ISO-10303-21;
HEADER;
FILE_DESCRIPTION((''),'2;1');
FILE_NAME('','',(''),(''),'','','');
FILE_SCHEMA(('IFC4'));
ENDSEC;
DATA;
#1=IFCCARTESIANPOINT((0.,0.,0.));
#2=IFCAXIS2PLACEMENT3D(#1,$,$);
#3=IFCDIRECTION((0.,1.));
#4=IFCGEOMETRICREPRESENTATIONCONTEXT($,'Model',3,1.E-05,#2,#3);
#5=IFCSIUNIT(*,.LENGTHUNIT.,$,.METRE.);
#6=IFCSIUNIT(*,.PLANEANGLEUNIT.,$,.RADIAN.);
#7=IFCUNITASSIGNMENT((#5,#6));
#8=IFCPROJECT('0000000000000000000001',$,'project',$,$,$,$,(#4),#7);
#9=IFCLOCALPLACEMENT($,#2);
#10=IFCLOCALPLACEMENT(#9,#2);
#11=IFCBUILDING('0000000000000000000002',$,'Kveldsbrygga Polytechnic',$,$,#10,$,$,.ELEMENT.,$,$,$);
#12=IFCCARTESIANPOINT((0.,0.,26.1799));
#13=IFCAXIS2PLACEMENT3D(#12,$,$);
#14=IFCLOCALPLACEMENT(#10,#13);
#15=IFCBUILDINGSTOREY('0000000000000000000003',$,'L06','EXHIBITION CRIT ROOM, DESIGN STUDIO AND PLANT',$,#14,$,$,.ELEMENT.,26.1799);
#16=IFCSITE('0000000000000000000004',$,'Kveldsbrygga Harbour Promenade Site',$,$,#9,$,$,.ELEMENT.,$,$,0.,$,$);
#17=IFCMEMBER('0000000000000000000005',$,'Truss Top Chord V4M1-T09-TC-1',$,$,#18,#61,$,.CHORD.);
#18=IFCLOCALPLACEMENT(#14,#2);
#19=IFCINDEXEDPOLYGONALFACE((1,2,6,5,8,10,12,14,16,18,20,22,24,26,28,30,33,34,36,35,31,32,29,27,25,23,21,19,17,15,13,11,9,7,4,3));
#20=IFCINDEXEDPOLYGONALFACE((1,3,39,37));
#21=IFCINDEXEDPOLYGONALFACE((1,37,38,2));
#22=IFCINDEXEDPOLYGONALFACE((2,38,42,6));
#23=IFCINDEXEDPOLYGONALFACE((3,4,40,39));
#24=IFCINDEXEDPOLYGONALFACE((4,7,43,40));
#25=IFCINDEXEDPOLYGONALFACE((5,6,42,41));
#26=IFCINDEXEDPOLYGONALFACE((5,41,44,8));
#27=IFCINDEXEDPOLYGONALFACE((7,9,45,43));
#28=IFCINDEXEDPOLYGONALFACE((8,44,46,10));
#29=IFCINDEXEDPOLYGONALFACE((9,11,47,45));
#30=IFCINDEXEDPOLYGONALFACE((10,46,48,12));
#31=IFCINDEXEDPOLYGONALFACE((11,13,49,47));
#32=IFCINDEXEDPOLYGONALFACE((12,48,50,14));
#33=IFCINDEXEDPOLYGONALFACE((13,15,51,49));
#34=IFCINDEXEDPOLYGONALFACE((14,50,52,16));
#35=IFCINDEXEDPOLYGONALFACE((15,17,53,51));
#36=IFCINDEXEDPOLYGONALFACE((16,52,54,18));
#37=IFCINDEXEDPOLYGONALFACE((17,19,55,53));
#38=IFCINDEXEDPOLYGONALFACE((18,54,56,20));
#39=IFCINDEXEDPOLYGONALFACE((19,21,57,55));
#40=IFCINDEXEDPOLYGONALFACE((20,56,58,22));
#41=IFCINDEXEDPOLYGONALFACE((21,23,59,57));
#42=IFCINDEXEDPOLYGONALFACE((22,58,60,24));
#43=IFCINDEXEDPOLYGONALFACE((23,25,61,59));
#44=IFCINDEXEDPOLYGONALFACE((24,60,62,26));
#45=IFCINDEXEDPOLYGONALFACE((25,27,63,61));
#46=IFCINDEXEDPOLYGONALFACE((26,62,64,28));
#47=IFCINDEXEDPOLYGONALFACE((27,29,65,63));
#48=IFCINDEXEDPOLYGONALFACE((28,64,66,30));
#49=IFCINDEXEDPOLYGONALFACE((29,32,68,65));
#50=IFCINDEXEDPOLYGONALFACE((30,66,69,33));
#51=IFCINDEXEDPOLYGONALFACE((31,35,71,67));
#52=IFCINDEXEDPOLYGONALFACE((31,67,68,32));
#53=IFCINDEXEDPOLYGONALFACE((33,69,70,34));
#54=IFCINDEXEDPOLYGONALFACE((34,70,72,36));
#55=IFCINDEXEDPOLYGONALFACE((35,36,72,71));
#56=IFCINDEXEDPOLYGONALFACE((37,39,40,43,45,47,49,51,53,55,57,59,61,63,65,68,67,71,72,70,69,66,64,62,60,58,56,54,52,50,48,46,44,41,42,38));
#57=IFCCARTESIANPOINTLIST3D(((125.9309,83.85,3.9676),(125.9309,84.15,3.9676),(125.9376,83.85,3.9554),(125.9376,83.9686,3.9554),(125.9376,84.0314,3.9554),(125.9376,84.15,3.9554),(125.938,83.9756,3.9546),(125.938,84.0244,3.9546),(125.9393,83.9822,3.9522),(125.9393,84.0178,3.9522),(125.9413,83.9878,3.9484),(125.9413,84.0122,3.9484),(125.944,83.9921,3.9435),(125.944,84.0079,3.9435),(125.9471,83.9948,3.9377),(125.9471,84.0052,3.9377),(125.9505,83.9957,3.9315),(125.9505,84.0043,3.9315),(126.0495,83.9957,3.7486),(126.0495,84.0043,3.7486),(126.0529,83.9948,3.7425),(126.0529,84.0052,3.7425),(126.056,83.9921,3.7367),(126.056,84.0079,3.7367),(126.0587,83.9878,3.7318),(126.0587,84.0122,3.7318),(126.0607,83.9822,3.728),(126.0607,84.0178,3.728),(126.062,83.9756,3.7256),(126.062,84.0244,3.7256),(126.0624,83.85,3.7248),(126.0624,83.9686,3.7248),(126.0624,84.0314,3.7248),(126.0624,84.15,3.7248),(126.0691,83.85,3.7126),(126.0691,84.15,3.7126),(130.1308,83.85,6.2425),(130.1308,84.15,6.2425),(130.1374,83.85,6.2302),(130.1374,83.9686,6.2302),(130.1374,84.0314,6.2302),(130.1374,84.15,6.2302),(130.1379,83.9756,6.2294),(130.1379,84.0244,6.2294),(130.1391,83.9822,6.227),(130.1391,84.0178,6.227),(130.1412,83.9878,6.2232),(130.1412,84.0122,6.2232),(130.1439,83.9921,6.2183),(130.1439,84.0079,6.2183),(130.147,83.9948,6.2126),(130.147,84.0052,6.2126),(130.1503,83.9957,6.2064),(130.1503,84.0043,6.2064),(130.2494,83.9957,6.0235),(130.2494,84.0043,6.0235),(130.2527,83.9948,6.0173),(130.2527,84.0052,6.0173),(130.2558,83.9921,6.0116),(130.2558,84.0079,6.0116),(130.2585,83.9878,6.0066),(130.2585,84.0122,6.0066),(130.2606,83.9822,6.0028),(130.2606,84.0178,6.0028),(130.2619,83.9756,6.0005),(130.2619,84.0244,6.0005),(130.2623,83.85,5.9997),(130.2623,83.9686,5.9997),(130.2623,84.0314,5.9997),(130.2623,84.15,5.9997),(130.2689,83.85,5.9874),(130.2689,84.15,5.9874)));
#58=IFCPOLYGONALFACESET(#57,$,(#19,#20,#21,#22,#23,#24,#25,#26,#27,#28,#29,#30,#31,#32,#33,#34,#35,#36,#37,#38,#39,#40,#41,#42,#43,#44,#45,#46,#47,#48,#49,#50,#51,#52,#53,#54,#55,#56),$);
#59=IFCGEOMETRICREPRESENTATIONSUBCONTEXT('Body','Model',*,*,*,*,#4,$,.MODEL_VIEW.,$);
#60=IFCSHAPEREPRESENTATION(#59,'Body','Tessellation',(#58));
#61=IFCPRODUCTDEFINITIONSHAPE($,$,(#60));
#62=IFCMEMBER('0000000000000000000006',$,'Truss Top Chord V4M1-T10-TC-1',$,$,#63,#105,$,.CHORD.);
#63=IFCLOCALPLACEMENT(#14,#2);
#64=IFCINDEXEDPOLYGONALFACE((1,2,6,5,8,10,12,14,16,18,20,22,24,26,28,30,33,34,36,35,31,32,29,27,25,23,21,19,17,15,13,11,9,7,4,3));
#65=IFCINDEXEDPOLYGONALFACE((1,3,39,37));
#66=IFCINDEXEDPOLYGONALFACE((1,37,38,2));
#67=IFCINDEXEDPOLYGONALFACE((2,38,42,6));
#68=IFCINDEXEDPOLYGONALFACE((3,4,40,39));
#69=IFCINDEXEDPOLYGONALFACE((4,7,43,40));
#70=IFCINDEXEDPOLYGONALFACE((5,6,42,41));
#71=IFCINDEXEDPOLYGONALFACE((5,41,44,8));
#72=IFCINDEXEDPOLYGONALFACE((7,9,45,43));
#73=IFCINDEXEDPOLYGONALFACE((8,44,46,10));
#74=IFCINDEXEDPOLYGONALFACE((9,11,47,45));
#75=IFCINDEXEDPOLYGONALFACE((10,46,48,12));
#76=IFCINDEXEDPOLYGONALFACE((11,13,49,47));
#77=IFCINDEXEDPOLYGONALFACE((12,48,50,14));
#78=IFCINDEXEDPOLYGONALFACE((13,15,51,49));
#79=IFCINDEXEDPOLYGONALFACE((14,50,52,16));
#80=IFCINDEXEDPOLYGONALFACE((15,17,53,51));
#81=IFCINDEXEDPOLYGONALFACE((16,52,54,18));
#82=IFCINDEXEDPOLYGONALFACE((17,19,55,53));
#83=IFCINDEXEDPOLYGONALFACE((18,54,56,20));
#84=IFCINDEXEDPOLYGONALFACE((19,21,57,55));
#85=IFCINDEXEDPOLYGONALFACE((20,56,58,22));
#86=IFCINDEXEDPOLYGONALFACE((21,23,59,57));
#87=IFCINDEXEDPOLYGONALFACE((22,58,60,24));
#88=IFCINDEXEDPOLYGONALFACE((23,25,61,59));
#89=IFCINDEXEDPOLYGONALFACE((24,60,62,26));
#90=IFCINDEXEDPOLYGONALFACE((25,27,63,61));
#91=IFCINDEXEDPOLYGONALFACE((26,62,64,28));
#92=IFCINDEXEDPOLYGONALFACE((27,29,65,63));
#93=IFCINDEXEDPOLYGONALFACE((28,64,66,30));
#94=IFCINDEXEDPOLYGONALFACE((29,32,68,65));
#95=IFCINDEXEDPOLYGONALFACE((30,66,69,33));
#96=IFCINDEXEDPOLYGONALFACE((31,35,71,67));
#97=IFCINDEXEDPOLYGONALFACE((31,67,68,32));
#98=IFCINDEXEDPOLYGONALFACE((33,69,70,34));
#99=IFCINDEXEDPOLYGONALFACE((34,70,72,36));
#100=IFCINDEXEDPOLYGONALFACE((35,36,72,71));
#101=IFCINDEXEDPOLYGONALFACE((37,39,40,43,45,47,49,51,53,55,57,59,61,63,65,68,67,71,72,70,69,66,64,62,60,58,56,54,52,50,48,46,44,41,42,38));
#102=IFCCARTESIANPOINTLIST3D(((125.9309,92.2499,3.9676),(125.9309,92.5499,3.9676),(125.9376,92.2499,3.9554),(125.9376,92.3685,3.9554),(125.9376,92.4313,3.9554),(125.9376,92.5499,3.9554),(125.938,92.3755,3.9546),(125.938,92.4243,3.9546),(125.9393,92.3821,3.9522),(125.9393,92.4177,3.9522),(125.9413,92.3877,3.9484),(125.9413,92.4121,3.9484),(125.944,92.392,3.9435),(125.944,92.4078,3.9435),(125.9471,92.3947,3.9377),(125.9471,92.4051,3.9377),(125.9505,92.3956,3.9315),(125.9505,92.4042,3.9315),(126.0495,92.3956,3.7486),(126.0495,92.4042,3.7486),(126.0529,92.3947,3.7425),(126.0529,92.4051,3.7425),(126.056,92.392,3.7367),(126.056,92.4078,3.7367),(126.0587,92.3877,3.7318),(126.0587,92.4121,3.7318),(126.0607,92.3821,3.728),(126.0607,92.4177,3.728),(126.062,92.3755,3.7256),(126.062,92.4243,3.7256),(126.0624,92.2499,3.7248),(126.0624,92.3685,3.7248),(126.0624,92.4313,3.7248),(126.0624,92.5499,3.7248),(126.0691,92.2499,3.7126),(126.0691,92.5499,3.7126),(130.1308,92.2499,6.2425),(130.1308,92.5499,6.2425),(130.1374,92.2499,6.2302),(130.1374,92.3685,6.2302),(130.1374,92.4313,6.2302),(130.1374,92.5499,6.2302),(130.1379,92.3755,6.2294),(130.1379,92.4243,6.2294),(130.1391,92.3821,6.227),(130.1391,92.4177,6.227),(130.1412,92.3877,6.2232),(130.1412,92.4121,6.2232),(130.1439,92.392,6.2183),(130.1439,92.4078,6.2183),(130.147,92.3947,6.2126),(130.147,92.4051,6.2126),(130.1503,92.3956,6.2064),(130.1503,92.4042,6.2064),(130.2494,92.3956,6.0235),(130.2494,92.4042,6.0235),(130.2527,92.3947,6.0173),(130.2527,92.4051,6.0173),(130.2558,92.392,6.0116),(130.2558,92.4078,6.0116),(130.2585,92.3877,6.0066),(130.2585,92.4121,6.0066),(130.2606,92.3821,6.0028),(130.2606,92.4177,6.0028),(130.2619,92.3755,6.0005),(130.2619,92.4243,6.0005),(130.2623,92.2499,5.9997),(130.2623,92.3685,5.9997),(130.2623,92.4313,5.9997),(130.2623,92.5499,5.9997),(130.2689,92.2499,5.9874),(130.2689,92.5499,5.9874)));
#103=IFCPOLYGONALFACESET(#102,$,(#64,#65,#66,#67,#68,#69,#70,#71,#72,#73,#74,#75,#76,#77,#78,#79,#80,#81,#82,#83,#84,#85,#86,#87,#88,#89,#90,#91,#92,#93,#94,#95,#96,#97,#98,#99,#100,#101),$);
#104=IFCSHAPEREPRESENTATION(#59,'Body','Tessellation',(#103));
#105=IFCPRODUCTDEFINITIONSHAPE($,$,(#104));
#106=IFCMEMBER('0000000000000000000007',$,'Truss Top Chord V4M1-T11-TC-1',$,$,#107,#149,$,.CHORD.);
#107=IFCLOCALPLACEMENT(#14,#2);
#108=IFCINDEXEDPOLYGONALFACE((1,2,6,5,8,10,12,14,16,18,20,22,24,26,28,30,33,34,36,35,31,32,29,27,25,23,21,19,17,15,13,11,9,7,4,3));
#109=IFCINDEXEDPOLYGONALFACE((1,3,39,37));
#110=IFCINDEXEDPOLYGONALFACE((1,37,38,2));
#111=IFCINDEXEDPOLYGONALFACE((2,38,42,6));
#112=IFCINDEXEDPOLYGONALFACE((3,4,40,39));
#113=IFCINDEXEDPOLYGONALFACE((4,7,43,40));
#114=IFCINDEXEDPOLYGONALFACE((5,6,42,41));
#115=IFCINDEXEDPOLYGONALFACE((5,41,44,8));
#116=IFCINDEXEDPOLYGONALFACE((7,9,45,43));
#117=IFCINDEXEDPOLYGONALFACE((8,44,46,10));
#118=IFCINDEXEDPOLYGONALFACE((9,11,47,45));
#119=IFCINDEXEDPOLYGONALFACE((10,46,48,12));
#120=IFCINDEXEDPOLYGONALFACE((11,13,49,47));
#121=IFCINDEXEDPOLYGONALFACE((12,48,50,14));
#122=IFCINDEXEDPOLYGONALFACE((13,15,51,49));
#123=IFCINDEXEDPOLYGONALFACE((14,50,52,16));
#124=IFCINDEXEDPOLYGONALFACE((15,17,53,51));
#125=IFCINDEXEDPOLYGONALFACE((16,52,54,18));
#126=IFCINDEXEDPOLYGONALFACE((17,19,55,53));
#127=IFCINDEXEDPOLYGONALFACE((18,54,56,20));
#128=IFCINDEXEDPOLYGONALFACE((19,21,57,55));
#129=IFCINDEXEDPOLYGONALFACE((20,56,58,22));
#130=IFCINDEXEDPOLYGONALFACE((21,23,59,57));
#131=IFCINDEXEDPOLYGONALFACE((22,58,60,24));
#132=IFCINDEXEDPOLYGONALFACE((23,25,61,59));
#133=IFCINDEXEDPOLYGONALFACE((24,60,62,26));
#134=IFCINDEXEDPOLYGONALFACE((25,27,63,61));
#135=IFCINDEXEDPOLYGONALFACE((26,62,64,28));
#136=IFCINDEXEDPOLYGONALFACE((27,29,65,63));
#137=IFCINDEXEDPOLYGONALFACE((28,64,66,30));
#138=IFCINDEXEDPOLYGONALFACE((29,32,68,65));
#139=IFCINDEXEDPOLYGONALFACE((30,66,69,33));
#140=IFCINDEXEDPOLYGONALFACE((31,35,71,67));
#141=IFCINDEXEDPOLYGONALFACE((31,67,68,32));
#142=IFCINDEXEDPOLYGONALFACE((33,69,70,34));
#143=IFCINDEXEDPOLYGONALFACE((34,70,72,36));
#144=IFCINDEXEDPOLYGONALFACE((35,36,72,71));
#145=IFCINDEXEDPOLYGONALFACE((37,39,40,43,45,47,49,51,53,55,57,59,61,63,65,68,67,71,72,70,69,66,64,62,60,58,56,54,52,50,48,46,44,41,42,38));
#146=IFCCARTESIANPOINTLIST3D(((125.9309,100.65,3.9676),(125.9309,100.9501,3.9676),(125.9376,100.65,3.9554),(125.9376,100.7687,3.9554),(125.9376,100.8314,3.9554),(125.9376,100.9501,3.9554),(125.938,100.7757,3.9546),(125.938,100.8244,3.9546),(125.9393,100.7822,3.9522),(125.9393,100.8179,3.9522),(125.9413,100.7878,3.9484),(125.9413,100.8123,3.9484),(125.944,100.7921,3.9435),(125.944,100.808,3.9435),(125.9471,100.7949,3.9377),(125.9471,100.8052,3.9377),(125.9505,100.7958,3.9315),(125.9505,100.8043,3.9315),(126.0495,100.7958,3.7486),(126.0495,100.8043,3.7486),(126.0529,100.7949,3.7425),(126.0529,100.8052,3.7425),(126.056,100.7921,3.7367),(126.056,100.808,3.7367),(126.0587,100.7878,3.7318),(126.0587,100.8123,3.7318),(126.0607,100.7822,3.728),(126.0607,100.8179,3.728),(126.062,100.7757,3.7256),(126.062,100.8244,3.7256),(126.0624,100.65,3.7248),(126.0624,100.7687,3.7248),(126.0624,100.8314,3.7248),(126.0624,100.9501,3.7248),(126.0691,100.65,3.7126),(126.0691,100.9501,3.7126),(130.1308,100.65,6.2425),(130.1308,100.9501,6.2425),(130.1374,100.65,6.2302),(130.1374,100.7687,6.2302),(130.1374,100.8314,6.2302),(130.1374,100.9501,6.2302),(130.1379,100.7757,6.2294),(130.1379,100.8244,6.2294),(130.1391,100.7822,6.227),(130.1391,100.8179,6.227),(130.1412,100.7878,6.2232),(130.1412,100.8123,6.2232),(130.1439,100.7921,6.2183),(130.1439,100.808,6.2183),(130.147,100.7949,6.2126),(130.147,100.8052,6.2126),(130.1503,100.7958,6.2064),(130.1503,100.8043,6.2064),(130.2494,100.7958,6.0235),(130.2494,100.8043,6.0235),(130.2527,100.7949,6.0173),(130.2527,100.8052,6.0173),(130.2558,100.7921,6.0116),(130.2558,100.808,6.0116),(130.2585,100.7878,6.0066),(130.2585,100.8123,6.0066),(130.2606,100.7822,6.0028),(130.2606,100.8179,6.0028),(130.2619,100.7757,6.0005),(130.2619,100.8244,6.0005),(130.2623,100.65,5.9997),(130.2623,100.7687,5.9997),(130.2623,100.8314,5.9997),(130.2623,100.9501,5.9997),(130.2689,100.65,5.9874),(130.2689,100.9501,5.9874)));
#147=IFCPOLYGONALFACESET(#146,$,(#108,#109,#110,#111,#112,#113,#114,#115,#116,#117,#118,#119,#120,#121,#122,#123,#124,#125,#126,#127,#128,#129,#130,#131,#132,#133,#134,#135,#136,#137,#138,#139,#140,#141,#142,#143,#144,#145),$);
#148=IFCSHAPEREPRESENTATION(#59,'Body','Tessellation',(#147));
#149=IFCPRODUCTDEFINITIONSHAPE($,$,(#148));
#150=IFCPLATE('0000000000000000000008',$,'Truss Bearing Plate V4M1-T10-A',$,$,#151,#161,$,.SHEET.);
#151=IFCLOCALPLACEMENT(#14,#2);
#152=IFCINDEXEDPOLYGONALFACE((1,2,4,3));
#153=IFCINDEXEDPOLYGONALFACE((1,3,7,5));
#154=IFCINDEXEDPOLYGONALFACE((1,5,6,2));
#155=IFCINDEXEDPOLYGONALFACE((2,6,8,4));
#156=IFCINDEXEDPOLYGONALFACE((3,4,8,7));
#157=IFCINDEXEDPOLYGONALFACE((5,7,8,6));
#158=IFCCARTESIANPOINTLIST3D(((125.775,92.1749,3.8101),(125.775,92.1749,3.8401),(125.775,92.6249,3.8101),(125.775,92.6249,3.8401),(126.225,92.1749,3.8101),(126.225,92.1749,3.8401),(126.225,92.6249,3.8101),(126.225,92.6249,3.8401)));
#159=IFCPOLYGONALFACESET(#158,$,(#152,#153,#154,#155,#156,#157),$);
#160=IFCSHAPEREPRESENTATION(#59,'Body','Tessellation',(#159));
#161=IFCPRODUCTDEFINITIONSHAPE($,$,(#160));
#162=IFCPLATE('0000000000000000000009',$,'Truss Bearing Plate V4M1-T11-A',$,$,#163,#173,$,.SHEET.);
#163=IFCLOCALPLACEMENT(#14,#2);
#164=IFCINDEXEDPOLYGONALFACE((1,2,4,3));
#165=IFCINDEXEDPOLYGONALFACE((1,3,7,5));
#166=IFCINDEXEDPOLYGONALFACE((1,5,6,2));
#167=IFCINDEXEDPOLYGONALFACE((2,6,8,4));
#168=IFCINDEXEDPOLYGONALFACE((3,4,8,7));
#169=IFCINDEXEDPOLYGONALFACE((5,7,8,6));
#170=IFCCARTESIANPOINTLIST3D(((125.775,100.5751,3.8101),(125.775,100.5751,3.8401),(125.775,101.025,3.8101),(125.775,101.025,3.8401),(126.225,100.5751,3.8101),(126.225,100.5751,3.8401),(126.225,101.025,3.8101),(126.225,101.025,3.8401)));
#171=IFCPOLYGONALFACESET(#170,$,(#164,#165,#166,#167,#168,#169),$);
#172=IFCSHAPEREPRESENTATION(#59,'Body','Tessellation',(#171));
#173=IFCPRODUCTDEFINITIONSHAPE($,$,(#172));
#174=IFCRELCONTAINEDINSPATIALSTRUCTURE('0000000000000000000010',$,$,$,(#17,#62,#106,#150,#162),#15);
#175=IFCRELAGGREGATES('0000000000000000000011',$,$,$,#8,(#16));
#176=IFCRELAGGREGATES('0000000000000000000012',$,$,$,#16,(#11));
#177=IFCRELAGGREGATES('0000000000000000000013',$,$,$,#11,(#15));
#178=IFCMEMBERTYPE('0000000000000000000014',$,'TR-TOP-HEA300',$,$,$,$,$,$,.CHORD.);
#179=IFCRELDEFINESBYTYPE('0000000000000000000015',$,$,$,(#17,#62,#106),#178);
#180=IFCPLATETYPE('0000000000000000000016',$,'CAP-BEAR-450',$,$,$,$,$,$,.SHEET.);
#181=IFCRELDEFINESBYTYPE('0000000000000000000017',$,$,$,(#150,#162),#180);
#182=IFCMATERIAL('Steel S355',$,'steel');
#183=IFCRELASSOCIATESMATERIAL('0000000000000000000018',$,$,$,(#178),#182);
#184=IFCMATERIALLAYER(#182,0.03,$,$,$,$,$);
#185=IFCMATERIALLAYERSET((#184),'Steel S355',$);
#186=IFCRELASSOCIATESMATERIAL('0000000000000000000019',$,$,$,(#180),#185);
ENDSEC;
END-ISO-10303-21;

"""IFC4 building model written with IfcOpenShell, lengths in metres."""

from ifc_helpers import new_model, si_unit, direction, frame, origin, origin_2d, place, context, subcontext, project, spatial, rectangle, i_section, extrude, material, layer, layer_set, material_profile, profile_set, type_object, element, save


model = new_model("IFC4")

# Units and contexts
model_context = context("Model", 3, precision=1e-05, world=origin(), true_north=direction((0.0, 1.0)))
body_context = subcontext(model_context, "Body", "Model", "MODEL_VIEW")
ifc_project = project(units=[si_unit("LENGTHUNIT", "METRE"), si_unit("PLANEANGLEUNIT", "RADIAN")], contexts=[model_context])

# Site, building, storey
site_placement = place(None, origin())
site = spatial("IfcSite", under=ifc_project, at=site_placement, Name="Kveldsbrygga Harbour Promenade Site", CompositionType="ELEMENT", RefElevation=0.0)
building_placement = place(site_placement, origin())
building = spatial("IfcBuilding", under=site, at=building_placement, Name="Kveldsbrygga Polytechnic", CompositionType="ELEMENT")
storey_placement = place(building_placement, frame((0.0, 0.0, 26.1799)))
storey = spatial("IfcBuildingStorey", under=building, at=storey_placement, Name="L06", Description="EXHIBITION CRIT ROOM, DESIGN STUDIO AND PLANT", CompositionType="ELEMENT", Elevation=26.1799)

# Shared definitions
ifc_material_1 = material(Name="Steel S355", Category="steel")

# Members
ifc_material_profile_1 = material_profile(ifc_material_1, i_section(OverallWidth=0.3, OverallDepth=0.29, WebThickness=0.0085, FlangeThickness=0.0139, FilletRadius=0.0271, at=origin_2d()), Name="HEA 300")
ifc_profile_set_1 = profile_set([ifc_material_profile_1], Name="Steel S355")
member_type_1 = type_object("IfcMemberType", Name="TR-TOP-HEA300", PredefinedType="CHORD", material=ifc_profile_set_1)
for number, where, z_axis, x_axis, name in (
    (1, (126.0, 84.0, 3.8401), (0.879298, 0.0, 0.476272), (0.0, 1.0, 0.0), "Truss Top Chord V4M1-T09-TC-1"),
    (2, (126.0, 92.3999, 3.8401), (0.879298, 0.0, 0.476272), (0.0, 1.0, 0.0), "Truss Top Chord V4M1-T10-TC-1"),
    (3, (126.0, 100.8, 3.8401), (0.879298, 0.0, 0.476272), (0.0, 1.0, 0.0), "Truss Top Chord V4M1-T11-TC-1"),
):
    element("IfcMember", number, at=place(storey_placement, frame(where, z_axis=z_axis, x_axis=x_axis)), inside=storey, type_object=member_type_1, Name=name, PredefinedType="CHORD", context=body_context, shape_type="SweptSolid", body=[
        extrude(i_section(OverallWidth=0.3, OverallDepth=0.29, WebThickness=0.0085, FlangeThickness=0.0139, FilletRadius=0.0271, at=origin_2d()), origin(), (0.0, 0.0, 1.0), 4.7764),
    ])

# Plates
ifc_layer_1 = layer(ifc_material_1, 0.03)
ifc_layer_set_1 = layer_set([ifc_layer_1], Name="Steel S355")
plate_type = type_object("IfcPlateType", Name="CAP-BEAR-450", PredefinedType="SHEET", material=ifc_layer_set_1)
for number, where, z_axis, x_axis, name in (
    (4, (126.0, 92.3999, 3.8101), (0.0, 0.0, 1.0), (1.0, 0.0, 0.0), "Truss Bearing Plate V4M1-T10-A"),
    (5, (126.0, 100.8, 3.8101), (0.0, 0.0, 1.0), (1.0, 0.0, 0.0), "Truss Bearing Plate V4M1-T11-A"),
):
    element("IfcPlate", number, at=place(storey_placement, frame(where, z_axis=z_axis, x_axis=x_axis)), inside=storey, type_object=plate_type, Name=name, PredefinedType="SHEET", context=body_context, shape_type="SweptSolid", body=[
        extrude(rectangle(XDim=0.45, YDim=0.45, at=origin_2d()), origin(), (0.0, 0.0, 1.0), 0.03),
    ])

save(model, "model.ifc")
